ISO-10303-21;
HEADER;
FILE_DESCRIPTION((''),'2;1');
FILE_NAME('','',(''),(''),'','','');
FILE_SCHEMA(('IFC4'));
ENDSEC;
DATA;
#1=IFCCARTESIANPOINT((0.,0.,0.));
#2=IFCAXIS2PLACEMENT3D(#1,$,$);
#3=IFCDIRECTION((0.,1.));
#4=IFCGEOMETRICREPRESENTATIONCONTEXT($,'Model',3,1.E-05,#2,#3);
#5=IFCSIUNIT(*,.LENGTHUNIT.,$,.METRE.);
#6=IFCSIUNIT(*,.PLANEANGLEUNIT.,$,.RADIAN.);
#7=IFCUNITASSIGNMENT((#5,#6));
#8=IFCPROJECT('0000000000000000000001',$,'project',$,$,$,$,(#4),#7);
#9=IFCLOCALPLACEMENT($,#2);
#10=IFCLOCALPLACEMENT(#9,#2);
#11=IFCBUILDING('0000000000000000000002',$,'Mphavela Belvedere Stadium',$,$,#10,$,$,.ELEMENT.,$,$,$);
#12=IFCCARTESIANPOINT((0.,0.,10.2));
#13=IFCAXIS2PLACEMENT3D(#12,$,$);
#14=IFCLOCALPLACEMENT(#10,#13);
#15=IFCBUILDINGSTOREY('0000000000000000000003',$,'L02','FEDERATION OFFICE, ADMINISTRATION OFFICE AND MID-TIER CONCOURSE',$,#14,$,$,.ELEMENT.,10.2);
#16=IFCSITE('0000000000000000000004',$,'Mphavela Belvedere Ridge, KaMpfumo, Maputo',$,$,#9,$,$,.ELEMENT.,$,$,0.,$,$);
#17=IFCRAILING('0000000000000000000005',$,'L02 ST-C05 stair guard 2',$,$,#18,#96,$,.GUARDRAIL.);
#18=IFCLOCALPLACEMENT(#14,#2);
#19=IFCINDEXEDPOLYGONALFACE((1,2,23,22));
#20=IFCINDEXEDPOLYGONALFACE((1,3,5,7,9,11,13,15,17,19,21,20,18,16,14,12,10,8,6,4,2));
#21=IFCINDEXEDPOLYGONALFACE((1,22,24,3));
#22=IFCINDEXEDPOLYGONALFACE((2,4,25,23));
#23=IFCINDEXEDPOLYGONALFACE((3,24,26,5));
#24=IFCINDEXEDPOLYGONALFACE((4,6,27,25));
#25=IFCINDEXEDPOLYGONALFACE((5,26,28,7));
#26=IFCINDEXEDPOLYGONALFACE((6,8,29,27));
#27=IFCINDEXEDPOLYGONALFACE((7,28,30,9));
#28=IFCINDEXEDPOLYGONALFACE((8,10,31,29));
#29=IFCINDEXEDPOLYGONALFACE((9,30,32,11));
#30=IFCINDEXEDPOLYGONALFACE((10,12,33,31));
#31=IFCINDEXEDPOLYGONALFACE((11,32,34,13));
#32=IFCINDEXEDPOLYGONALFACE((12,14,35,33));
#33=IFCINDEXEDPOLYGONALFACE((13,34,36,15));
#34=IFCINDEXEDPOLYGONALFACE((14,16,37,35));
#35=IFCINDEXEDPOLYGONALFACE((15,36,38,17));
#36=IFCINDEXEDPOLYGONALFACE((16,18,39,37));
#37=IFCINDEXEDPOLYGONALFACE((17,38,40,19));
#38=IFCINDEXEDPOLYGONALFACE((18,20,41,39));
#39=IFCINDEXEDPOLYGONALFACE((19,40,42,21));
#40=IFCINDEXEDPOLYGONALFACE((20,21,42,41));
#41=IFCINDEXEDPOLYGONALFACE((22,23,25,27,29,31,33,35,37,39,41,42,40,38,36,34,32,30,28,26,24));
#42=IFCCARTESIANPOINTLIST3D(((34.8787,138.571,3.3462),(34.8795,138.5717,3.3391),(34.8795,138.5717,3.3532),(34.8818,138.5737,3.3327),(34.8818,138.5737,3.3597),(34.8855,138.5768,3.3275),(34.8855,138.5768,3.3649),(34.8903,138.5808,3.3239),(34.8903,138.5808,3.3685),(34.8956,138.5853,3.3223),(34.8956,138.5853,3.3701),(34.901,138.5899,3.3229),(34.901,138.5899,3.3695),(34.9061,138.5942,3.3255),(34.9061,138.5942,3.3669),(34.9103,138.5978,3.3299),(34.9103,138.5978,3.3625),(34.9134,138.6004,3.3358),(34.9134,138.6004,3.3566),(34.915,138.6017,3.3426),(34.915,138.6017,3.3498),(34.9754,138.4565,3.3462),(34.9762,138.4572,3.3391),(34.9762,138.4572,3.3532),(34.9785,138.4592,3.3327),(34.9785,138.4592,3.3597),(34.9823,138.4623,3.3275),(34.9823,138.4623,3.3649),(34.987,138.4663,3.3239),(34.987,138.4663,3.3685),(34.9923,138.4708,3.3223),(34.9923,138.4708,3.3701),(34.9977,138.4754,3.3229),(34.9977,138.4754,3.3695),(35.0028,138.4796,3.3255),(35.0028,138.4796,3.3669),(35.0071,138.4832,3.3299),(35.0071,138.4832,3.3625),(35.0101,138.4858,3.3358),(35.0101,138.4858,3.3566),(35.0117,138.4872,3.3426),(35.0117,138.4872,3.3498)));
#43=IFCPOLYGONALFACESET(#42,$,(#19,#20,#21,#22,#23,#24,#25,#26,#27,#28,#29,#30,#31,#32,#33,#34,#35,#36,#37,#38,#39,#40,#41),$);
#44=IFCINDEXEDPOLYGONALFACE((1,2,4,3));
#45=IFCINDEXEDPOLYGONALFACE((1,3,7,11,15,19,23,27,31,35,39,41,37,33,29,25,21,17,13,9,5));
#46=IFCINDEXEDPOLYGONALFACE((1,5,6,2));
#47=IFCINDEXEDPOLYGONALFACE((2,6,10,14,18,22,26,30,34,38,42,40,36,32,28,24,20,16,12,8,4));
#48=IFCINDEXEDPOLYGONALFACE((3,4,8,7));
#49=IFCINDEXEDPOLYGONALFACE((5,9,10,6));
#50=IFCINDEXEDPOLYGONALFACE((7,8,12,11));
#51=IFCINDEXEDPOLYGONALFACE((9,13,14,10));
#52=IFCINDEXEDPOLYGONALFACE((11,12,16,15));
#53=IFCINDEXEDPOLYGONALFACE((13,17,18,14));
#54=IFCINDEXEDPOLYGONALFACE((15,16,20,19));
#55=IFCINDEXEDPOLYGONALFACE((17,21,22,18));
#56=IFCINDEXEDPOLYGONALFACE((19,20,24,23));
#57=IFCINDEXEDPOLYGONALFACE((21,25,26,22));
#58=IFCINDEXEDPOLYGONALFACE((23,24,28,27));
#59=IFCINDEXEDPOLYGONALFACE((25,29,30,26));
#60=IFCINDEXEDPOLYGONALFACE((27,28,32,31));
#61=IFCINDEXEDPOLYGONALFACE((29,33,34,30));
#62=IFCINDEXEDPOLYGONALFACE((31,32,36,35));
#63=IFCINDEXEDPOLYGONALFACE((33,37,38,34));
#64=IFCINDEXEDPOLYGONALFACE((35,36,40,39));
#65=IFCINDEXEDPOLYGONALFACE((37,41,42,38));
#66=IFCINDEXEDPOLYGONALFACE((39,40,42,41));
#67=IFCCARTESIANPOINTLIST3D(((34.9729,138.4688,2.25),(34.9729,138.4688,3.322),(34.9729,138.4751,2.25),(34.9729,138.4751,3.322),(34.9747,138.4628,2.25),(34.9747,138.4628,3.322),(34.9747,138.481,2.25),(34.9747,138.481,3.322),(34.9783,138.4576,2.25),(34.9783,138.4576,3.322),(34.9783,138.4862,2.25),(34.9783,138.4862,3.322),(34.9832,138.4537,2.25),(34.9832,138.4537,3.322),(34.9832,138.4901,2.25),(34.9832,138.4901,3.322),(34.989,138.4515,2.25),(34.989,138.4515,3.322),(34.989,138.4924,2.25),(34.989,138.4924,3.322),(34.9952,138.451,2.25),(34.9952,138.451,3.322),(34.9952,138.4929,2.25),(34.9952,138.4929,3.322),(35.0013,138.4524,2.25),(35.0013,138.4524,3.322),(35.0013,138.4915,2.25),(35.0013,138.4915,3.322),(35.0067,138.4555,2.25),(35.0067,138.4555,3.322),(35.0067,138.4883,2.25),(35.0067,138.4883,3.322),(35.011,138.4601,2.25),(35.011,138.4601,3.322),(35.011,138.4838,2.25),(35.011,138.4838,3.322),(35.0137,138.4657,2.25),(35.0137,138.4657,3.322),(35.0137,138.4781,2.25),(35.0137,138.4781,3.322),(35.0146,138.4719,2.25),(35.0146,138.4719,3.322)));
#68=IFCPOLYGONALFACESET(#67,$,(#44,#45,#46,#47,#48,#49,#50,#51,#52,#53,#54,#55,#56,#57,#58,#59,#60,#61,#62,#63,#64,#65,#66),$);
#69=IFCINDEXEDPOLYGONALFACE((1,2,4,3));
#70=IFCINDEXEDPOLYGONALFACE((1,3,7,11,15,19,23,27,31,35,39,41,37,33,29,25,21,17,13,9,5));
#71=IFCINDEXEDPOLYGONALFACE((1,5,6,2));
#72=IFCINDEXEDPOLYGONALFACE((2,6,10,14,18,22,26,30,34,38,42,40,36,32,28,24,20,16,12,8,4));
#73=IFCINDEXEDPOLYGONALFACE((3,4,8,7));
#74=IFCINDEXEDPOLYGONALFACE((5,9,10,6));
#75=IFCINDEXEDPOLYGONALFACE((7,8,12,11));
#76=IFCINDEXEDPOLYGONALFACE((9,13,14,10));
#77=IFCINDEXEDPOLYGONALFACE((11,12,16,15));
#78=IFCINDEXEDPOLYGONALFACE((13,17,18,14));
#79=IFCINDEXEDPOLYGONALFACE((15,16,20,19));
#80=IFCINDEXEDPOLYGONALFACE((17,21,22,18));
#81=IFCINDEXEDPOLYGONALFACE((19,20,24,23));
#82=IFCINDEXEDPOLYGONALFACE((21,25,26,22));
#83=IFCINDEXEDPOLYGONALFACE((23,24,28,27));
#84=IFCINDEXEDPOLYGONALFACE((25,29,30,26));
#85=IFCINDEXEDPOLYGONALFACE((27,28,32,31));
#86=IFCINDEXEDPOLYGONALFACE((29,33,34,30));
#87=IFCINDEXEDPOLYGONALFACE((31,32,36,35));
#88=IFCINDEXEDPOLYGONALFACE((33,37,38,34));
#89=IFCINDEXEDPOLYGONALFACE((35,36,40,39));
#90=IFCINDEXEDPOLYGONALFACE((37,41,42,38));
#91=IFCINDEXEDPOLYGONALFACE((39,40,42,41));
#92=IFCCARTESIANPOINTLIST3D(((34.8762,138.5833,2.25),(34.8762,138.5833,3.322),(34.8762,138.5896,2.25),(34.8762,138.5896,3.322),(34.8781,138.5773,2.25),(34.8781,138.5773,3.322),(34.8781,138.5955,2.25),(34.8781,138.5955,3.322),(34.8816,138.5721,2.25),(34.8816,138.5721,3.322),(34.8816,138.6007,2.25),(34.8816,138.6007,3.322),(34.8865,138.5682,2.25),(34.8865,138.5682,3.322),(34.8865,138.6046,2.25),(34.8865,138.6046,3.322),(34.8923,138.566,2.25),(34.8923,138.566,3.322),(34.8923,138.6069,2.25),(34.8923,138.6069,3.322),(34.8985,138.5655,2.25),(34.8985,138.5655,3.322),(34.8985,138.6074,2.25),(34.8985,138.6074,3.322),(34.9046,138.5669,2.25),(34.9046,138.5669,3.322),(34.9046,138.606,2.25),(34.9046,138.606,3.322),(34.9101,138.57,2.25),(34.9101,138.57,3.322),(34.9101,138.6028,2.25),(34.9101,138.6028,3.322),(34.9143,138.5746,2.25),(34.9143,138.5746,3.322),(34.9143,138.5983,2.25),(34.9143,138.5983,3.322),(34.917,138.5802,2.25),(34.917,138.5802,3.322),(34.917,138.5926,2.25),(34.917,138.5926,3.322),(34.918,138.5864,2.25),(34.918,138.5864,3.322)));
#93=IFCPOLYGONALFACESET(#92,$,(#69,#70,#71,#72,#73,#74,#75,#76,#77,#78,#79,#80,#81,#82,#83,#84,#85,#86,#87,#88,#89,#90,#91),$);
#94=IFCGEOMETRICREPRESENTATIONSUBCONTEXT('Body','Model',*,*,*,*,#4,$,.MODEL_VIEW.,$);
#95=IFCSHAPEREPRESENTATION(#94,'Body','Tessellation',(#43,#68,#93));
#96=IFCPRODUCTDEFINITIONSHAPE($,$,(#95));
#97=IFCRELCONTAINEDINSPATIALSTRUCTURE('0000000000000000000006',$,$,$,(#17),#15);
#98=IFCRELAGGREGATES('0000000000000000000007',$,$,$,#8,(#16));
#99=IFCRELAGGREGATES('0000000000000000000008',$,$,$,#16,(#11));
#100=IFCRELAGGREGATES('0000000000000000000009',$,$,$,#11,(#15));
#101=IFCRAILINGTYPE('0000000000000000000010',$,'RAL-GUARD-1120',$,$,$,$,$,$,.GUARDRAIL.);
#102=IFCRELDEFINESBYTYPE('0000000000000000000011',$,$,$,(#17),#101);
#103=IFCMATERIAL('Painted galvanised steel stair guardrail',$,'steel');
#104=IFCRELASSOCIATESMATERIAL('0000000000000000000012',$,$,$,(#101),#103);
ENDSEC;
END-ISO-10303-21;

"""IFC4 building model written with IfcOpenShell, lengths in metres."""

from ifc_helpers import new_model, si_unit, direction, frame, origin, origin_2d, place, context, subcontext, project, spatial, circle, extrude, material, type_object, element, save


model = new_model("IFC4")

# Units and contexts
model_context = context("Model", 3, precision=1e-05, world=origin(), true_north=direction((0.0, 1.0)))
body_context = subcontext(model_context, "Body", "Model", "MODEL_VIEW")
ifc_project = project(units=[si_unit("LENGTHUNIT", "METRE"), si_unit("PLANEANGLEUNIT", "RADIAN")], contexts=[model_context])

# Site, building, storey
site_placement = place(None, origin())
site = spatial("IfcSite", under=ifc_project, at=site_placement, Name="Mphavela Belvedere Ridge, KaMpfumo, Maputo", CompositionType="ELEMENT", RefElevation=0.0)
building_placement = place(site_placement, origin())
building = spatial("IfcBuilding", under=site, at=building_placement, Name="Mphavela Belvedere Stadium", CompositionType="ELEMENT")
storey_placement = place(building_placement, frame((0.0, 0.0, 10.2)))
storey = spatial("IfcBuildingStorey", under=building, at=storey_placement, Name="L02", Description="FEDERATION OFFICE, ADMINISTRATION OFFICE AND MID-TIER CONCOURSE", CompositionType="ELEMENT", Elevation=10.2)

# Railing
ifc_material_1 = material(Name="Painted galvanised steel stair guardrail", Category="steel")
railing_type_1 = type_object("IfcRailingType", Name="RAL-GUARD-1120", PredefinedType="GUARDRAIL", material=ifc_material_1)
railing_1_placement = place(storey_placement, frame((34.9937, 138.4719, 2.25)))
element("IfcRailing", 1, at=railing_1_placement, inside=storey, type_object=railing_type_1, Name="L02 ST-C05 stair guard 2", PredefinedType="GUARDRAIL", context=body_context, shape_type="SweptSolid", body=[
    extrude(circle(Radius=0.0239, at=origin_2d()), frame((0.0, 0.0, 1.0962), z_axis=(-0.645139, 0.764066, 0.0), x_axis=(-0.764066, -0.645139, 0.0)), (0.0, 0.0, 1.0), 0.1499),
    extrude(circle(Radius=0.021, at=origin_2d()), origin(), (0.0, 0.0, 1.0), 1.072),
    extrude(circle(Radius=0.021, at=origin_2d()), frame((-0.0967, 0.1145, 0.0)), (0.0, 0.0, 1.0), 1.072),
])

save(model, "model.ifc")
